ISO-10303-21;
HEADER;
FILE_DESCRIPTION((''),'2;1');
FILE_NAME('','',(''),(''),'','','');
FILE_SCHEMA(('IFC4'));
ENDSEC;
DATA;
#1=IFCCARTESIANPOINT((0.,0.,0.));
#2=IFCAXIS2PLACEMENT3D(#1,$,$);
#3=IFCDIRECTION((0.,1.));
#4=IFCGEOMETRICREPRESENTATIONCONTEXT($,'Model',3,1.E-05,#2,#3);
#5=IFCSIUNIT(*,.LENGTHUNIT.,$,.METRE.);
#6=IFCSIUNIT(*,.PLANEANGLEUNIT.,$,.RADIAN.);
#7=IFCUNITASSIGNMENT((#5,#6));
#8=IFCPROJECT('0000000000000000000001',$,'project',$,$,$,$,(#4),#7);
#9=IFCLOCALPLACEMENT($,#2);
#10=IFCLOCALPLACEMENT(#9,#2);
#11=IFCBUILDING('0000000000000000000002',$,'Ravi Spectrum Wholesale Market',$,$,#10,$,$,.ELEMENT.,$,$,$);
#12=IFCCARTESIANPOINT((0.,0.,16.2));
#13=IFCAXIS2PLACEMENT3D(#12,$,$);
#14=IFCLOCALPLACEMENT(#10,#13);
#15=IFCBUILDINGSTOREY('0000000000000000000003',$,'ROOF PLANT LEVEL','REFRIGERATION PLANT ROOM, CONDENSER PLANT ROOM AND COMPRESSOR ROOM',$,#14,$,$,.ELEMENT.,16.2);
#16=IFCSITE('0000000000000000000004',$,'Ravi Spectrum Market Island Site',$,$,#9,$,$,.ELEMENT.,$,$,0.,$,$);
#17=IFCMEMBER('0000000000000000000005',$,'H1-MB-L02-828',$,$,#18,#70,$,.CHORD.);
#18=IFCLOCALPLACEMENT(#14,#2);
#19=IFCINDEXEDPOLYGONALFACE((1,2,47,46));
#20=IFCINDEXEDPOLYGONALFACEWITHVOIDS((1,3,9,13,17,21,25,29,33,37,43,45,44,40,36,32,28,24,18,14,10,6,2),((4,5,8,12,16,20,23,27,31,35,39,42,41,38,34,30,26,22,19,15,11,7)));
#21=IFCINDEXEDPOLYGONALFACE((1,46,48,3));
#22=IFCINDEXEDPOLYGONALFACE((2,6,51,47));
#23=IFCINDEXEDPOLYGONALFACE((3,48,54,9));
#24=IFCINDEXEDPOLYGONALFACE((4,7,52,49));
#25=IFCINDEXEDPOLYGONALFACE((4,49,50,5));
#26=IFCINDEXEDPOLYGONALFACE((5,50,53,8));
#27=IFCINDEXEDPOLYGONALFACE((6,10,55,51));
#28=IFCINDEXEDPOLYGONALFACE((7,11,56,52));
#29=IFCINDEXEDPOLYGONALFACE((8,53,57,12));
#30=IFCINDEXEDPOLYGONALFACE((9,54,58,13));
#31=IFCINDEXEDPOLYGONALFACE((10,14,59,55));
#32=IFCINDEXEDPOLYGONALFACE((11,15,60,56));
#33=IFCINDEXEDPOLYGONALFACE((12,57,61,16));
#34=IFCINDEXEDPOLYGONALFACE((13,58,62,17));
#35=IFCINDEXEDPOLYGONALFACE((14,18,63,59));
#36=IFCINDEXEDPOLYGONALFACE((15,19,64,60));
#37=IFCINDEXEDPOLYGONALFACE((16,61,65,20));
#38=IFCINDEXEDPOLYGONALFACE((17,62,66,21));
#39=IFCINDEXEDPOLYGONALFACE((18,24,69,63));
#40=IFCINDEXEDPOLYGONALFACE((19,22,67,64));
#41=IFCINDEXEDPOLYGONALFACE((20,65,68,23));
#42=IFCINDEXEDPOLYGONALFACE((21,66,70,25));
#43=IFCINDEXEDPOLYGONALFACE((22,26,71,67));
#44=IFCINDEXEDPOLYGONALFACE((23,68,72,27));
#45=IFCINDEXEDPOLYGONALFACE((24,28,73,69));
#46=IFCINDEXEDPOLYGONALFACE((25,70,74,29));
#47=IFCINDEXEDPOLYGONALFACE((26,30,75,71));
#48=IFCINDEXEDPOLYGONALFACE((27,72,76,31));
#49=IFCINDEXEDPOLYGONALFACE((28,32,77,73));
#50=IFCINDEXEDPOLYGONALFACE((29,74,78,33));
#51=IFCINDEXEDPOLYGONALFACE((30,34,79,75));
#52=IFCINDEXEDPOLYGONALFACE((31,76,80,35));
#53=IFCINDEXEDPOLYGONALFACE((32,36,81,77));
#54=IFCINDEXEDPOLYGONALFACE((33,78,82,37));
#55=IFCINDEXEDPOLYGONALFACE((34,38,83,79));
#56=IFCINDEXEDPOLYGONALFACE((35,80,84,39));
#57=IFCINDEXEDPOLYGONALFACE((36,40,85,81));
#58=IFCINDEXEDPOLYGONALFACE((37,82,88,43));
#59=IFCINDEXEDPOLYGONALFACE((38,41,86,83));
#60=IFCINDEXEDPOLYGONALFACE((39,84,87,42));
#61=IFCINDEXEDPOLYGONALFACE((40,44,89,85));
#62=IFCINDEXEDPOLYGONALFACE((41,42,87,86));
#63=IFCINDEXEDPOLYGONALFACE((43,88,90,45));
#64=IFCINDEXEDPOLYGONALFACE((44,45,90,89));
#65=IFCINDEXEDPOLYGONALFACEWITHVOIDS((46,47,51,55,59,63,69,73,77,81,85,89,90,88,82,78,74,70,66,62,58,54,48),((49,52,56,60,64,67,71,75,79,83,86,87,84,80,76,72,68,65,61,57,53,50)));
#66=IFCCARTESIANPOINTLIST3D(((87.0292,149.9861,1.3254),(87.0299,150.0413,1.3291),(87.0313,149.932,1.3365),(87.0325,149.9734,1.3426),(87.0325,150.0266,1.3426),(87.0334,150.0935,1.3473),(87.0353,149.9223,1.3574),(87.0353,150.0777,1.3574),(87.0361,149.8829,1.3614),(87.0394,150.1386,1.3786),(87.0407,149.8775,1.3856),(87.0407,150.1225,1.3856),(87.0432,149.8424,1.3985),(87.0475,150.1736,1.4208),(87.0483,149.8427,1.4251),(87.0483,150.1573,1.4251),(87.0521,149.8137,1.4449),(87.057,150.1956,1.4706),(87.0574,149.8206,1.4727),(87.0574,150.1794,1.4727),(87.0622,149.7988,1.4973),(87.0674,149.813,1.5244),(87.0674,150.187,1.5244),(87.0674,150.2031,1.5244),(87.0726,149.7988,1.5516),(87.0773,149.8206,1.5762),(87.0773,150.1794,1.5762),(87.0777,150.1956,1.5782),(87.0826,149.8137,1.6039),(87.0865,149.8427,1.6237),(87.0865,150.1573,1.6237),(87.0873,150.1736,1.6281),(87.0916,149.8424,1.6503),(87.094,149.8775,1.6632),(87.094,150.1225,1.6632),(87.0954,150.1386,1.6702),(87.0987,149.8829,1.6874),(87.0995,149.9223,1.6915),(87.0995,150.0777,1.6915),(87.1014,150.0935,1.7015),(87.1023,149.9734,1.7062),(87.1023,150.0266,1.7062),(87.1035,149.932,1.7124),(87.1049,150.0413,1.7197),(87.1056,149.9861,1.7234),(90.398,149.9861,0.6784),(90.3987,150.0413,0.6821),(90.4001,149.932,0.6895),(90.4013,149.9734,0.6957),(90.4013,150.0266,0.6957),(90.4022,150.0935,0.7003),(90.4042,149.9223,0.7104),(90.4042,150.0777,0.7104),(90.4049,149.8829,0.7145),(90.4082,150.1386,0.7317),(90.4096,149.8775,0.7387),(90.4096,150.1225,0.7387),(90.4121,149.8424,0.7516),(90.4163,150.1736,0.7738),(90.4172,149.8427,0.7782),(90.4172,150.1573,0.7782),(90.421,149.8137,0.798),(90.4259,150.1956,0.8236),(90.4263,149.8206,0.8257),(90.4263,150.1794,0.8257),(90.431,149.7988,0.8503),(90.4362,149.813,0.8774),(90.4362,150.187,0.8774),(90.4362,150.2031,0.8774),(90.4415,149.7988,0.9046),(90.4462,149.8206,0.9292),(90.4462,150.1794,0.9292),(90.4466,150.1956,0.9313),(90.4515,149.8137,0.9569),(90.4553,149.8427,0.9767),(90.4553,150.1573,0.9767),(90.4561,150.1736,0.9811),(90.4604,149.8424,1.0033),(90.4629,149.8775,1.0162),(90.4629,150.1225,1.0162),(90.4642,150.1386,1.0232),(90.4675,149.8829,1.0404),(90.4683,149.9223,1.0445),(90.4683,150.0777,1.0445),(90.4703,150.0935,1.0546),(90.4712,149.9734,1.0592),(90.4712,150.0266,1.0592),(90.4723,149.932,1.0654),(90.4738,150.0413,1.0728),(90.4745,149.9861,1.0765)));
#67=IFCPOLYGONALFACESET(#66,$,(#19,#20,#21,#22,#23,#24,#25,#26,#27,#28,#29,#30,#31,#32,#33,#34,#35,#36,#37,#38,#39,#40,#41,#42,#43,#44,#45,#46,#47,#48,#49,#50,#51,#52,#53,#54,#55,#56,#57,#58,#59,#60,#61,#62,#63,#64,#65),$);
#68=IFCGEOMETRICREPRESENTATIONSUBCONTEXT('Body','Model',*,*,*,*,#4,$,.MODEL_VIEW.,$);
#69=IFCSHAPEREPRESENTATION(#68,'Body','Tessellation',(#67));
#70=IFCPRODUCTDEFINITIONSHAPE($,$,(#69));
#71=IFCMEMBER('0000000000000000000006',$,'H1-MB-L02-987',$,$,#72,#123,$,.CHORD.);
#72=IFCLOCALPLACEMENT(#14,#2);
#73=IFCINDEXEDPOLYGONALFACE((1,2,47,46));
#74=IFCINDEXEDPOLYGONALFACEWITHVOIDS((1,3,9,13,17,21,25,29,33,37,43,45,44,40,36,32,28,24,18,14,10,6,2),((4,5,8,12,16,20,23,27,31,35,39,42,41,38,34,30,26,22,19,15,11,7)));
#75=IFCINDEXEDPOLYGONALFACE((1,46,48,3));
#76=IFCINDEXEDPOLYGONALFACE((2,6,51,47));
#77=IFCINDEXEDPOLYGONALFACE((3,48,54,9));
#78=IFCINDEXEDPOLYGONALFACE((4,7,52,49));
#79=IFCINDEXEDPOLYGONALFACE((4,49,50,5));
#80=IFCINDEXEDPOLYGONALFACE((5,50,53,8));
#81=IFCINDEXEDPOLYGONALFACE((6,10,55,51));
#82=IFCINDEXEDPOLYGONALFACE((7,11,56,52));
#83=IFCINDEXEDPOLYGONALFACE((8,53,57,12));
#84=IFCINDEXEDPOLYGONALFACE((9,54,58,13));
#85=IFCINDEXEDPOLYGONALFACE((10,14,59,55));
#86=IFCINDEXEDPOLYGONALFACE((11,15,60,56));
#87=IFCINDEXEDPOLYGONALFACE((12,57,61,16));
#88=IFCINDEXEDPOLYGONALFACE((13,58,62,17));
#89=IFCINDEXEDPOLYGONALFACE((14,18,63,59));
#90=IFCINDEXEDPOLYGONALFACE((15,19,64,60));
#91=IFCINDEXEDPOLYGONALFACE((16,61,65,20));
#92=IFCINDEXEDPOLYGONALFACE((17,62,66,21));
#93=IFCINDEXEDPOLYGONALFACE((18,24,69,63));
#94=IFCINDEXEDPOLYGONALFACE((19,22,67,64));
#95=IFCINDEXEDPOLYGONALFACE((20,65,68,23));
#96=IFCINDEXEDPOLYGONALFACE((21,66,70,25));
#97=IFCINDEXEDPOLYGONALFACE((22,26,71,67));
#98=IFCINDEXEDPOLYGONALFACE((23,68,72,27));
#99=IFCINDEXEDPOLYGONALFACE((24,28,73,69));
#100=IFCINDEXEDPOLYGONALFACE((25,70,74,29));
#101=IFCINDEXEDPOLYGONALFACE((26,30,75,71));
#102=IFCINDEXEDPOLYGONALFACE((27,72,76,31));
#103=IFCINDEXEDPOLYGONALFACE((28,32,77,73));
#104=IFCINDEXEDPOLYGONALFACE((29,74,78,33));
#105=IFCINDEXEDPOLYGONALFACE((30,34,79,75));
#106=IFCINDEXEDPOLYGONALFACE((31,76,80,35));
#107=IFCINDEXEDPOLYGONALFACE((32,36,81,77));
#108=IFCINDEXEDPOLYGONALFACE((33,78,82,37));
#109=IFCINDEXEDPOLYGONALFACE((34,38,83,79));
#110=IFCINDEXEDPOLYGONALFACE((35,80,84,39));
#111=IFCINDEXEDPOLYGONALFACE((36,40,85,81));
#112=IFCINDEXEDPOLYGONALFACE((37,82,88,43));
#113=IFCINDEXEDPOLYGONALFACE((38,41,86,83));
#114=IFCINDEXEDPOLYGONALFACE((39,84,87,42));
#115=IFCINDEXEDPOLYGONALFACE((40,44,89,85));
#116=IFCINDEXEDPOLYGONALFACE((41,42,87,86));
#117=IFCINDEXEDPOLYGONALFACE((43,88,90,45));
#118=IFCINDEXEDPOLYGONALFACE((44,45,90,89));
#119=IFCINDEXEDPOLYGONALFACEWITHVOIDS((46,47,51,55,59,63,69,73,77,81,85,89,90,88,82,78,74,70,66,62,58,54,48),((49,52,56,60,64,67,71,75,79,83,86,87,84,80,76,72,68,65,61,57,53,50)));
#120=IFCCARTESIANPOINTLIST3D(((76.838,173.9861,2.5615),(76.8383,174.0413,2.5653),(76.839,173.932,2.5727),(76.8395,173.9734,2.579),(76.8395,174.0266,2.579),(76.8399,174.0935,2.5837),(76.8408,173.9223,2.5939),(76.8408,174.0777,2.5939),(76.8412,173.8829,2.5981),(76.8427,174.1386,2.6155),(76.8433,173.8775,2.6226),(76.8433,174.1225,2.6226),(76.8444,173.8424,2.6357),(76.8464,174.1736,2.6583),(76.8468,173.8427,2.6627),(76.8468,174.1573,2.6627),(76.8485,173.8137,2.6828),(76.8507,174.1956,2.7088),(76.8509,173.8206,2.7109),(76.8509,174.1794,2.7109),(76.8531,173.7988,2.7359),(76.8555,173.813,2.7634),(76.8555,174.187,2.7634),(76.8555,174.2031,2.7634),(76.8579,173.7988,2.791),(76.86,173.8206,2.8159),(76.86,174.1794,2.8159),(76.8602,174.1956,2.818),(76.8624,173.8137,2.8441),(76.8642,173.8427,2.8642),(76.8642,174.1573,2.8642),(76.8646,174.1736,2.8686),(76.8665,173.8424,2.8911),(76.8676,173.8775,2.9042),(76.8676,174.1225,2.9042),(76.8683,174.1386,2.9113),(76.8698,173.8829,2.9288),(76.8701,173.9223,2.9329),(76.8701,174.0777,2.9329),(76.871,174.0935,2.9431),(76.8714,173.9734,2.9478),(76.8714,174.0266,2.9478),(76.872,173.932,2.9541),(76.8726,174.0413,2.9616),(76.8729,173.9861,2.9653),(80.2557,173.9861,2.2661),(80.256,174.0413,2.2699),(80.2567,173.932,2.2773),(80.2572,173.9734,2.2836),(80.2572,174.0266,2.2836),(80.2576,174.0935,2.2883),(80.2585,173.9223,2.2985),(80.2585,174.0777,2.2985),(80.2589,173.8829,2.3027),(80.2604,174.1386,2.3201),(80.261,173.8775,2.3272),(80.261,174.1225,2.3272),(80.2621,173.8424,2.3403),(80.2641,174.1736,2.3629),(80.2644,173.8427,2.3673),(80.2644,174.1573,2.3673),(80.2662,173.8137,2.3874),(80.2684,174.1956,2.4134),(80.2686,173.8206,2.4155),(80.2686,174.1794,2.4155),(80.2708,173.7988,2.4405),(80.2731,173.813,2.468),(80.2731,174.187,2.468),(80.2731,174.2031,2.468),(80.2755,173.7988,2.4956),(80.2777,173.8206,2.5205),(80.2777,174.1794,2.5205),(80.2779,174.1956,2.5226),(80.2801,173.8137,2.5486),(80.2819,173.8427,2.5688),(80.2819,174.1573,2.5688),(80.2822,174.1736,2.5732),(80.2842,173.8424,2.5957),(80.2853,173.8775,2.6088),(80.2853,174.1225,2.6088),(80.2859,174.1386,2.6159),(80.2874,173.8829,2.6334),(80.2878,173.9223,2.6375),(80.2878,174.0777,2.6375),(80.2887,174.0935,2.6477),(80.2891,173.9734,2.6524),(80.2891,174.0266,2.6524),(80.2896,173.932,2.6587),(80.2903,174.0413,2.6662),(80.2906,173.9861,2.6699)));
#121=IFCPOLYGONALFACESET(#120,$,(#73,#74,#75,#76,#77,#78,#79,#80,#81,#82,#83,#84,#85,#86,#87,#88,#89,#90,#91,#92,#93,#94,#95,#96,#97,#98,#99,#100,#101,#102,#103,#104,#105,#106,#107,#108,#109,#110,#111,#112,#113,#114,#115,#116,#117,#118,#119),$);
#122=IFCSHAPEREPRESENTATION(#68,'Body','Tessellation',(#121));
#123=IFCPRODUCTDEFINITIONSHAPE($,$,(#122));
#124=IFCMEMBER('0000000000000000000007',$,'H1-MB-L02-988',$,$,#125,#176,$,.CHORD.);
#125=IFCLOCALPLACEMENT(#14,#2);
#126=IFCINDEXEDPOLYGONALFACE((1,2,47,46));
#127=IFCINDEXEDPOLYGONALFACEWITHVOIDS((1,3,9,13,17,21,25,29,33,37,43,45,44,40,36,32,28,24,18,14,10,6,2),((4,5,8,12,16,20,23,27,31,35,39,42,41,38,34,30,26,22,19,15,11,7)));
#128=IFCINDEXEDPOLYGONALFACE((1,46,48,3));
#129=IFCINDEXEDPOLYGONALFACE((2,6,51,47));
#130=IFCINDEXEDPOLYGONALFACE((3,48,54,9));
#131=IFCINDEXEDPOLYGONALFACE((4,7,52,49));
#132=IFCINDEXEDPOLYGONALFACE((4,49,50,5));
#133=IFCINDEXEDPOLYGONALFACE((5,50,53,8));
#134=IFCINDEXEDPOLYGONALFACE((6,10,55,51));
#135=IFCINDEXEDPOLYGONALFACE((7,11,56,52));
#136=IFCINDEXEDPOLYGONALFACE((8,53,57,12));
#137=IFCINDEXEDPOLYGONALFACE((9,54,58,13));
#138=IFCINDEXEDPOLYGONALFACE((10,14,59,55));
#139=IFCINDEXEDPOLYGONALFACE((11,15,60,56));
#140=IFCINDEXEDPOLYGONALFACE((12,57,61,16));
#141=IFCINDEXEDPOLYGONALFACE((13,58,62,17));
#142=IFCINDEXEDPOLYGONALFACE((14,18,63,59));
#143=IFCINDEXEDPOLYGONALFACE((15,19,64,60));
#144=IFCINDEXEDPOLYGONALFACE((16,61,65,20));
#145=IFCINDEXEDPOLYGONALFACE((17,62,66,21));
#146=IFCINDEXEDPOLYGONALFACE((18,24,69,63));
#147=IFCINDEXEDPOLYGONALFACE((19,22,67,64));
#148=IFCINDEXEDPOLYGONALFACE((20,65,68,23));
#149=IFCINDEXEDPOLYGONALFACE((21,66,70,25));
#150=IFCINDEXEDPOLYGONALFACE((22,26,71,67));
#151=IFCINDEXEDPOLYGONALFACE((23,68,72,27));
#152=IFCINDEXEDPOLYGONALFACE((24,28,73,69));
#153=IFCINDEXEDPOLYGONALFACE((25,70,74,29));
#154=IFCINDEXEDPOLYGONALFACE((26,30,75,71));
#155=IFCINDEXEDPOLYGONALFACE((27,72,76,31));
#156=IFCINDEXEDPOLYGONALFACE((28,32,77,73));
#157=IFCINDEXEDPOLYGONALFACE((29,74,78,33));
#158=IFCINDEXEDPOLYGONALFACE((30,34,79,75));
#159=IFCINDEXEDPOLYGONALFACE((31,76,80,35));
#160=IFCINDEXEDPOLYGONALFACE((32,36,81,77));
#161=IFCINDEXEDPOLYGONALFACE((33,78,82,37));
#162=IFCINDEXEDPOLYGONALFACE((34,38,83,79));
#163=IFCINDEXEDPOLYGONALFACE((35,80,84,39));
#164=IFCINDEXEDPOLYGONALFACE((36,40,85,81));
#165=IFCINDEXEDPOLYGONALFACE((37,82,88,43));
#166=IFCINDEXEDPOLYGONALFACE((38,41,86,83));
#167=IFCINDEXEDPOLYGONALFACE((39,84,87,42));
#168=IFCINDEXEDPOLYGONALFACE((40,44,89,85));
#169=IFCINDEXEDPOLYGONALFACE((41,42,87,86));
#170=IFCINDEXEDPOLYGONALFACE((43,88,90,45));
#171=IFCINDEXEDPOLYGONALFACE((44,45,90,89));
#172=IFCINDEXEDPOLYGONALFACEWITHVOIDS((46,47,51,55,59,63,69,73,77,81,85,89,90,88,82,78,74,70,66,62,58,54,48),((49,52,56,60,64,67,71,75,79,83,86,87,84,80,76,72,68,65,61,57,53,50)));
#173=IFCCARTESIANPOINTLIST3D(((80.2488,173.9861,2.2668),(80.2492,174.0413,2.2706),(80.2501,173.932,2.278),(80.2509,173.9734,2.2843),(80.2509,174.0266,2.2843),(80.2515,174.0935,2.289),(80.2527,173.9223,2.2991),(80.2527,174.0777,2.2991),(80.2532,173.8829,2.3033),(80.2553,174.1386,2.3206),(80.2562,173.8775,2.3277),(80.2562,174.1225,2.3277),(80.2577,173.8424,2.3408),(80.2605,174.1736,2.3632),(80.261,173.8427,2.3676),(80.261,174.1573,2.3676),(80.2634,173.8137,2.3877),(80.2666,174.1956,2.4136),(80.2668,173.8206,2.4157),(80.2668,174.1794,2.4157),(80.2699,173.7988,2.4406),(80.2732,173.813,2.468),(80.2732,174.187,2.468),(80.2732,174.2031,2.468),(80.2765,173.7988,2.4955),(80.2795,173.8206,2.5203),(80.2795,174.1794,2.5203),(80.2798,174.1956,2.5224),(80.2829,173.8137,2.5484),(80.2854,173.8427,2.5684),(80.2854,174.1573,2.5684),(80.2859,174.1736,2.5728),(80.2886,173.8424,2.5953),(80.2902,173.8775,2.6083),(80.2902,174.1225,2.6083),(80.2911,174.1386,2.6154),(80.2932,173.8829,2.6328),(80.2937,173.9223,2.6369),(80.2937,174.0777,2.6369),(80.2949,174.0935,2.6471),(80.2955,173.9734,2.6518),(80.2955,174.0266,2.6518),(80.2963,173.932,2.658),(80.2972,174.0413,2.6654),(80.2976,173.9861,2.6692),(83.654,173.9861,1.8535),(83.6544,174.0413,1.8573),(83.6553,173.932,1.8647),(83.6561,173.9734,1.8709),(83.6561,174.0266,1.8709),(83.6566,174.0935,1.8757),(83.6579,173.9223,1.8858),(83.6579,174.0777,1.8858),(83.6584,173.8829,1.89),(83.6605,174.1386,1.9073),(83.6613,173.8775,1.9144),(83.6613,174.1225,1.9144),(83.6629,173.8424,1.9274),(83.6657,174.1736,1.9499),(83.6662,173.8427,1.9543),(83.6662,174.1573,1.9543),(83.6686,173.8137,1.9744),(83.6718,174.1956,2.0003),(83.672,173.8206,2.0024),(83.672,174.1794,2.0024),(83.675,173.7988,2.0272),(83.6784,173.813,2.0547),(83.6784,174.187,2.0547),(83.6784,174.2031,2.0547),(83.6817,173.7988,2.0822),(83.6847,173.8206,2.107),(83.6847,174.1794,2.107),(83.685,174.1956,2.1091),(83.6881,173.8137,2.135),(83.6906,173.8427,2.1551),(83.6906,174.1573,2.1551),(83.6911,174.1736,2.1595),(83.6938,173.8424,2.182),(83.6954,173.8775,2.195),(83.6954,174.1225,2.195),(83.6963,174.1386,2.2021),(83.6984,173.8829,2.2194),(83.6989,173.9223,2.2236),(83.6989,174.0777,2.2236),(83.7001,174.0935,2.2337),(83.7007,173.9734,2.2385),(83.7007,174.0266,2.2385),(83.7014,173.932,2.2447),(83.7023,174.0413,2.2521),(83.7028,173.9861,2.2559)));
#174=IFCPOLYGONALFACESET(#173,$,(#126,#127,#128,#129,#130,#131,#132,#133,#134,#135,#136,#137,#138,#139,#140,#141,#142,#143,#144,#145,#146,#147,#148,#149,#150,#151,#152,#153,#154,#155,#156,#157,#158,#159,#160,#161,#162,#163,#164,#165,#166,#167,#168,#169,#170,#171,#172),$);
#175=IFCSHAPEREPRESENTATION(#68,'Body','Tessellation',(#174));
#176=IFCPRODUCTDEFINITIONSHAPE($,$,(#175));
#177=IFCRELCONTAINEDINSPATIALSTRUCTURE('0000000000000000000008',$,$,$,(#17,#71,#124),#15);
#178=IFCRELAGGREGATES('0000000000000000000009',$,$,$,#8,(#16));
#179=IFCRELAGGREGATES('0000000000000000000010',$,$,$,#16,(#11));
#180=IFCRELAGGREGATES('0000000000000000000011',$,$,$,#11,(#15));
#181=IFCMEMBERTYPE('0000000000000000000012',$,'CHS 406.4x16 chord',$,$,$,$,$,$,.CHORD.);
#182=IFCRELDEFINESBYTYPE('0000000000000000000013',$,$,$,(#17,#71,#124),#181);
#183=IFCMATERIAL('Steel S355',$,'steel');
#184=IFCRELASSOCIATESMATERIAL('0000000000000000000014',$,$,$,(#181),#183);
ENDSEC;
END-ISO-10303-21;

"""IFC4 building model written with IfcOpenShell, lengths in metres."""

from ifc_helpers import new_model, si_unit, direction, frame, origin, origin_2d, place, context, subcontext, project, spatial, hollow_circle, extrude, material, material_profile, profile_set, type_object, element, save


model = new_model("IFC4")

# Units and contexts
model_context = context("Model", 3, precision=1e-05, world=origin(), true_north=direction((0.0, 1.0)))
body_context = subcontext(model_context, "Body", "Model", "MODEL_VIEW")
ifc_project = project(units=[si_unit("LENGTHUNIT", "METRE"), si_unit("PLANEANGLEUNIT", "RADIAN")], contexts=[model_context])

# Site, building, storey
site_placement = place(None, origin())
site = spatial("IfcSite", under=ifc_project, at=site_placement, Name="Ravi Spectrum Market Island Site", CompositionType="ELEMENT", RefElevation=0.0)
building_placement = place(site_placement, origin())
building = spatial("IfcBuilding", under=site, at=building_placement, Name="Ravi Spectrum Wholesale Market", CompositionType="ELEMENT")
storey_placement = place(building_placement, frame((0.0, 0.0, 16.2)))
storey = spatial("IfcBuildingStorey", under=building, at=storey_placement, Name="ROOF PLANT LEVEL", Description="REFRIGERATION PLANT ROOM, CONDENSER PLANT ROOM AND COMPRESSOR ROOM", CompositionType="ELEMENT", Elevation=16.2)

# Members
ifc_material_1 = material(Name="Steel S355", Category="steel")
ifc_material_profile_1 = material_profile(ifc_material_1, hollow_circle(Radius=0.2031, WallThickness=0.0161, at=origin_2d()))
ifc_profile_set_1 = profile_set([ifc_material_profile_1], Name="Steel S355")
member_type_1 = type_object("IfcMemberType", Name="CHS 406.4x16 chord", PredefinedType="CHORD", material=ifc_profile_set_1)
for number, where, z_axis, x_axis, name in (
    (1, (87.0674, 150.0, 1.5244), (0.982055, 0.0, -0.188597), (0.0, 1.0, 0.0), "H1-MB-L02-828"),
    (2, (76.8555, 174.0, 2.7634), (0.996285, 0.0, -0.086114), (0.0, 1.0, 0.0), "H1-MB-L02-987"),
):
    element("IfcMember", number, at=place(storey_placement, frame(where, z_axis=z_axis, x_axis=x_axis)), inside=storey, type_object=member_type_1, Name=name, PredefinedType="CHORD", context=body_context, shape_type="SweptSolid", body=[
        extrude(hollow_circle(Radius=0.2031, WallThickness=0.0161, at=origin_2d()), origin(), (0.0, 0.0, 1.0), 3.4304),
    ])
for number, where, z_axis, x_axis, name in (
    (3, (80.2732, 174.0, 2.468), (0.992714, 0.0, -0.120495), (0.0, 1.0, 0.0), "H1-MB-L02-988"),
):
    element("IfcMember", number, at=place(storey_placement, frame(where, z_axis=z_axis, x_axis=x_axis)), inside=storey, type_object=member_type_1, Name=name, PredefinedType="CHORD", context=body_context, shape_type="SweptSolid", body=[
        extrude(hollow_circle(Radius=0.2031, WallThickness=0.0161, at=origin_2d()), origin(), (0.0, 0.0, 1.0), 3.4302),
    ])

save(model, "model.ifc")
